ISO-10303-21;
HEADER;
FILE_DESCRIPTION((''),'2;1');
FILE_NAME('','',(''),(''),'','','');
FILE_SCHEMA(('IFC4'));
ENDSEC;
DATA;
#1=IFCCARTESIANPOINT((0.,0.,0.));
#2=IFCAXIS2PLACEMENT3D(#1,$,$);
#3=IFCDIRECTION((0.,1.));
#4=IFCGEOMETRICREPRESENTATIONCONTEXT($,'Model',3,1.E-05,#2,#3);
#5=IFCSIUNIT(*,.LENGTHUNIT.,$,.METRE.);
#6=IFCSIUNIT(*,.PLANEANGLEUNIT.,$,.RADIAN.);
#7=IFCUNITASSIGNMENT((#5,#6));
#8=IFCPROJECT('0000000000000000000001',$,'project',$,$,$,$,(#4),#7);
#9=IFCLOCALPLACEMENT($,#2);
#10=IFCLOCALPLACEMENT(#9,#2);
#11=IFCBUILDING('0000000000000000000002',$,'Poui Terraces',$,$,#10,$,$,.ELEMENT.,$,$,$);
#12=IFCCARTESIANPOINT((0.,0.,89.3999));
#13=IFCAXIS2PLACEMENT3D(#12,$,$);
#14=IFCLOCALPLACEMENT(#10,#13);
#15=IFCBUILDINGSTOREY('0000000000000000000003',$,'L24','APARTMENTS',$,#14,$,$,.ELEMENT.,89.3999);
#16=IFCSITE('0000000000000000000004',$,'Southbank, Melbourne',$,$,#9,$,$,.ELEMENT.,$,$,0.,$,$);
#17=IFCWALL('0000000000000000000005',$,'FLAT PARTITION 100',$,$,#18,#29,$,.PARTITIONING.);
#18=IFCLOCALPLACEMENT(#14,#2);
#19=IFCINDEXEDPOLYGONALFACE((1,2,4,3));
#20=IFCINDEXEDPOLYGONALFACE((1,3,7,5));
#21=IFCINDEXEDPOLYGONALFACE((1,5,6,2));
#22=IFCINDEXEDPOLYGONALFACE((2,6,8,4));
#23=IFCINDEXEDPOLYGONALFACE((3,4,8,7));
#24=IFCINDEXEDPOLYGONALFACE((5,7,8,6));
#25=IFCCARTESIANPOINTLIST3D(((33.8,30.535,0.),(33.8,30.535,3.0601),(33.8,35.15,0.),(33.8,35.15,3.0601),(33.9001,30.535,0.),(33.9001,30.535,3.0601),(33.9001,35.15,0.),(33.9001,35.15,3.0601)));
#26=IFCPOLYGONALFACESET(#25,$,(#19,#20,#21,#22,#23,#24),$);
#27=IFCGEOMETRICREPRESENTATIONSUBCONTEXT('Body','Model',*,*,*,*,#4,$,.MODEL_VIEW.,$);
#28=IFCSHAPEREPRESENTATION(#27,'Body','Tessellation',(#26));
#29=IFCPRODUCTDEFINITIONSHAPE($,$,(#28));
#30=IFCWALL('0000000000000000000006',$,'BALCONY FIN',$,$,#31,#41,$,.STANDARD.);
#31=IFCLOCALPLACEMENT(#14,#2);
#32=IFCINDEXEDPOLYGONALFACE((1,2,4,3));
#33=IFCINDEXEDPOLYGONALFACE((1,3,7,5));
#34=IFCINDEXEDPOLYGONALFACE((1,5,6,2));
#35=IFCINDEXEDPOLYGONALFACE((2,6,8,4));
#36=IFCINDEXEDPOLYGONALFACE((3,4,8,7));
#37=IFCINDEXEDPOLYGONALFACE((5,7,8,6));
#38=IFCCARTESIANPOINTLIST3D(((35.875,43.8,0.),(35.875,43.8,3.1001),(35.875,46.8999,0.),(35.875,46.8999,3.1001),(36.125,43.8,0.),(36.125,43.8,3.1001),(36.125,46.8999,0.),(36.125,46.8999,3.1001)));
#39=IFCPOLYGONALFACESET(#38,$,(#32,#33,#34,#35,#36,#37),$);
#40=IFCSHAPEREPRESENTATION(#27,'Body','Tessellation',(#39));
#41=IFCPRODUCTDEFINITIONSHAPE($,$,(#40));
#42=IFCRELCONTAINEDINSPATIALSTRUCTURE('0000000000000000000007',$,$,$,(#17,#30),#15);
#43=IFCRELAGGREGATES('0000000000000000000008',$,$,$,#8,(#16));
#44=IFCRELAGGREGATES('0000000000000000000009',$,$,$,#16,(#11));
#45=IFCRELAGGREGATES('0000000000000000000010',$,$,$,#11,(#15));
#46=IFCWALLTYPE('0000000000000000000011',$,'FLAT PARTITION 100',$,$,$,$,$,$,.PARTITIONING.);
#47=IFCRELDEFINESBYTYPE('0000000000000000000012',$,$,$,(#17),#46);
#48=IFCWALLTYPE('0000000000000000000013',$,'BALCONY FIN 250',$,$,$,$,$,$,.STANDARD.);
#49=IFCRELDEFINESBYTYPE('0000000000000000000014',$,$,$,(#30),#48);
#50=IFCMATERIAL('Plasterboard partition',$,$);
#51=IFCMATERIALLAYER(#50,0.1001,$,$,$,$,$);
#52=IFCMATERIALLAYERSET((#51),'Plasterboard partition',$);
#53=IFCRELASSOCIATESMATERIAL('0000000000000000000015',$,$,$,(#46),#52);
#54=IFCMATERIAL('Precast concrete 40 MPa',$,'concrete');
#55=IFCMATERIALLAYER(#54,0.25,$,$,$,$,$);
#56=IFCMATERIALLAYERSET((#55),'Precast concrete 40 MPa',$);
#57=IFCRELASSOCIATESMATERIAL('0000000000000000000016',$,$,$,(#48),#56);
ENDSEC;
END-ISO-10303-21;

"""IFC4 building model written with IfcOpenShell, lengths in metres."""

from ifc_helpers import new_model, si_unit, direction, frame, frame_2d, origin, place, context, subcontext, project, spatial, polyline, rectangle, outline, extrude, source, transform, mapped, material, layer, layer_set, type_object, element, save


model = new_model("IFC4")

# Units and contexts
model_context = context("Model", 3, precision=1e-05, world=origin(), true_north=direction((0.0, 1.0)))
body_context = subcontext(model_context, "Body", "Model", "MODEL_VIEW")
ifc_project = project(units=[si_unit("LENGTHUNIT", "METRE"), si_unit("PLANEANGLEUNIT", "RADIAN")], contexts=[model_context])

# Site, building, storey
site_placement = place(None, origin())
site = spatial("IfcSite", under=ifc_project, at=site_placement, Name="Southbank, Melbourne", CompositionType="ELEMENT", RefElevation=0.0)
building_placement = place(site_placement, origin())
building = spatial("IfcBuilding", under=site, at=building_placement, Name="Poui Terraces", CompositionType="ELEMENT")
storey_placement = place(building_placement, frame((0.0, 0.0, 89.3999)))
storey = spatial("IfcBuildingStorey", under=building, at=storey_placement, Name="L24", Description="APARTMENTS", CompositionType="ELEMENT", Elevation=89.3999)

# Shared definitions
ifc_material_1 = material(Name="Plasterboard partition")
ifc_layer_1 = layer(ifc_material_1, 0.1001)
ifc_layer_set_1 = layer_set([ifc_layer_1], Name="Plasterboard partition")
wall_type_1 = type_object("IfcWallType", Name="FLAT PARTITION 100", PredefinedType="PARTITIONING", material=ifc_layer_set_1)

# Walls
wall_1_placement = place(storey_placement, frame((33.8501, 30.5349, 0.0), z_axis=(0.0, 0.0, 1.0), x_axis=(0.0, 1.0, 0.0)))
element("IfcWall", 1, at=wall_1_placement, inside=storey, type_object=wall_type_1, Name="FLAT PARTITION 100", PredefinedType="PARTITIONING", context=body_context, shape_type="SweptSolid", body=[
    extrude(rectangle(XDim=4.615, YDim=0.1001, at=frame_2d((2.3076, 0.0))), origin(), (0.0, 0.0, 1.0), 3.0601),
])
ifc_material_2 = material(Name="Precast concrete 40 MPa", Category="concrete")
ifc_layer_2 = layer(ifc_material_2, 0.25)
ifc_layer_set_2 = layer_set([ifc_layer_2], Name="Precast concrete 40 MPa")
wall_type_2 = type_object("IfcWallType", Name="BALCONY FIN 250", PredefinedType="STANDARD", material=ifc_layer_set_2)
shared_shape_1 = source(origin(), body_context, "Body", "SweptSolid", [
    extrude(outline(polyline([(0.0, 0.0), (0.25, 0.0), (0.25, 3.0999), (0.0, 3.0999), (0.0, 0.0)])), origin(), (0.0, 0.0, 1.0), 3.1001),
])
wall_2_placement = place(storey_placement, frame((35.875, 43.8, 0.0)))
element("IfcWall", 2, at=wall_2_placement, inside=storey, type_object=wall_type_2, Name="BALCONY FIN", PredefinedType="STANDARD", context=body_context, shape_type="MappedRepresentation", body=[
    mapped(shared_shape_1, transform((0.0, 0.0, 0.0))),
])

save(model, "model.ifc")
